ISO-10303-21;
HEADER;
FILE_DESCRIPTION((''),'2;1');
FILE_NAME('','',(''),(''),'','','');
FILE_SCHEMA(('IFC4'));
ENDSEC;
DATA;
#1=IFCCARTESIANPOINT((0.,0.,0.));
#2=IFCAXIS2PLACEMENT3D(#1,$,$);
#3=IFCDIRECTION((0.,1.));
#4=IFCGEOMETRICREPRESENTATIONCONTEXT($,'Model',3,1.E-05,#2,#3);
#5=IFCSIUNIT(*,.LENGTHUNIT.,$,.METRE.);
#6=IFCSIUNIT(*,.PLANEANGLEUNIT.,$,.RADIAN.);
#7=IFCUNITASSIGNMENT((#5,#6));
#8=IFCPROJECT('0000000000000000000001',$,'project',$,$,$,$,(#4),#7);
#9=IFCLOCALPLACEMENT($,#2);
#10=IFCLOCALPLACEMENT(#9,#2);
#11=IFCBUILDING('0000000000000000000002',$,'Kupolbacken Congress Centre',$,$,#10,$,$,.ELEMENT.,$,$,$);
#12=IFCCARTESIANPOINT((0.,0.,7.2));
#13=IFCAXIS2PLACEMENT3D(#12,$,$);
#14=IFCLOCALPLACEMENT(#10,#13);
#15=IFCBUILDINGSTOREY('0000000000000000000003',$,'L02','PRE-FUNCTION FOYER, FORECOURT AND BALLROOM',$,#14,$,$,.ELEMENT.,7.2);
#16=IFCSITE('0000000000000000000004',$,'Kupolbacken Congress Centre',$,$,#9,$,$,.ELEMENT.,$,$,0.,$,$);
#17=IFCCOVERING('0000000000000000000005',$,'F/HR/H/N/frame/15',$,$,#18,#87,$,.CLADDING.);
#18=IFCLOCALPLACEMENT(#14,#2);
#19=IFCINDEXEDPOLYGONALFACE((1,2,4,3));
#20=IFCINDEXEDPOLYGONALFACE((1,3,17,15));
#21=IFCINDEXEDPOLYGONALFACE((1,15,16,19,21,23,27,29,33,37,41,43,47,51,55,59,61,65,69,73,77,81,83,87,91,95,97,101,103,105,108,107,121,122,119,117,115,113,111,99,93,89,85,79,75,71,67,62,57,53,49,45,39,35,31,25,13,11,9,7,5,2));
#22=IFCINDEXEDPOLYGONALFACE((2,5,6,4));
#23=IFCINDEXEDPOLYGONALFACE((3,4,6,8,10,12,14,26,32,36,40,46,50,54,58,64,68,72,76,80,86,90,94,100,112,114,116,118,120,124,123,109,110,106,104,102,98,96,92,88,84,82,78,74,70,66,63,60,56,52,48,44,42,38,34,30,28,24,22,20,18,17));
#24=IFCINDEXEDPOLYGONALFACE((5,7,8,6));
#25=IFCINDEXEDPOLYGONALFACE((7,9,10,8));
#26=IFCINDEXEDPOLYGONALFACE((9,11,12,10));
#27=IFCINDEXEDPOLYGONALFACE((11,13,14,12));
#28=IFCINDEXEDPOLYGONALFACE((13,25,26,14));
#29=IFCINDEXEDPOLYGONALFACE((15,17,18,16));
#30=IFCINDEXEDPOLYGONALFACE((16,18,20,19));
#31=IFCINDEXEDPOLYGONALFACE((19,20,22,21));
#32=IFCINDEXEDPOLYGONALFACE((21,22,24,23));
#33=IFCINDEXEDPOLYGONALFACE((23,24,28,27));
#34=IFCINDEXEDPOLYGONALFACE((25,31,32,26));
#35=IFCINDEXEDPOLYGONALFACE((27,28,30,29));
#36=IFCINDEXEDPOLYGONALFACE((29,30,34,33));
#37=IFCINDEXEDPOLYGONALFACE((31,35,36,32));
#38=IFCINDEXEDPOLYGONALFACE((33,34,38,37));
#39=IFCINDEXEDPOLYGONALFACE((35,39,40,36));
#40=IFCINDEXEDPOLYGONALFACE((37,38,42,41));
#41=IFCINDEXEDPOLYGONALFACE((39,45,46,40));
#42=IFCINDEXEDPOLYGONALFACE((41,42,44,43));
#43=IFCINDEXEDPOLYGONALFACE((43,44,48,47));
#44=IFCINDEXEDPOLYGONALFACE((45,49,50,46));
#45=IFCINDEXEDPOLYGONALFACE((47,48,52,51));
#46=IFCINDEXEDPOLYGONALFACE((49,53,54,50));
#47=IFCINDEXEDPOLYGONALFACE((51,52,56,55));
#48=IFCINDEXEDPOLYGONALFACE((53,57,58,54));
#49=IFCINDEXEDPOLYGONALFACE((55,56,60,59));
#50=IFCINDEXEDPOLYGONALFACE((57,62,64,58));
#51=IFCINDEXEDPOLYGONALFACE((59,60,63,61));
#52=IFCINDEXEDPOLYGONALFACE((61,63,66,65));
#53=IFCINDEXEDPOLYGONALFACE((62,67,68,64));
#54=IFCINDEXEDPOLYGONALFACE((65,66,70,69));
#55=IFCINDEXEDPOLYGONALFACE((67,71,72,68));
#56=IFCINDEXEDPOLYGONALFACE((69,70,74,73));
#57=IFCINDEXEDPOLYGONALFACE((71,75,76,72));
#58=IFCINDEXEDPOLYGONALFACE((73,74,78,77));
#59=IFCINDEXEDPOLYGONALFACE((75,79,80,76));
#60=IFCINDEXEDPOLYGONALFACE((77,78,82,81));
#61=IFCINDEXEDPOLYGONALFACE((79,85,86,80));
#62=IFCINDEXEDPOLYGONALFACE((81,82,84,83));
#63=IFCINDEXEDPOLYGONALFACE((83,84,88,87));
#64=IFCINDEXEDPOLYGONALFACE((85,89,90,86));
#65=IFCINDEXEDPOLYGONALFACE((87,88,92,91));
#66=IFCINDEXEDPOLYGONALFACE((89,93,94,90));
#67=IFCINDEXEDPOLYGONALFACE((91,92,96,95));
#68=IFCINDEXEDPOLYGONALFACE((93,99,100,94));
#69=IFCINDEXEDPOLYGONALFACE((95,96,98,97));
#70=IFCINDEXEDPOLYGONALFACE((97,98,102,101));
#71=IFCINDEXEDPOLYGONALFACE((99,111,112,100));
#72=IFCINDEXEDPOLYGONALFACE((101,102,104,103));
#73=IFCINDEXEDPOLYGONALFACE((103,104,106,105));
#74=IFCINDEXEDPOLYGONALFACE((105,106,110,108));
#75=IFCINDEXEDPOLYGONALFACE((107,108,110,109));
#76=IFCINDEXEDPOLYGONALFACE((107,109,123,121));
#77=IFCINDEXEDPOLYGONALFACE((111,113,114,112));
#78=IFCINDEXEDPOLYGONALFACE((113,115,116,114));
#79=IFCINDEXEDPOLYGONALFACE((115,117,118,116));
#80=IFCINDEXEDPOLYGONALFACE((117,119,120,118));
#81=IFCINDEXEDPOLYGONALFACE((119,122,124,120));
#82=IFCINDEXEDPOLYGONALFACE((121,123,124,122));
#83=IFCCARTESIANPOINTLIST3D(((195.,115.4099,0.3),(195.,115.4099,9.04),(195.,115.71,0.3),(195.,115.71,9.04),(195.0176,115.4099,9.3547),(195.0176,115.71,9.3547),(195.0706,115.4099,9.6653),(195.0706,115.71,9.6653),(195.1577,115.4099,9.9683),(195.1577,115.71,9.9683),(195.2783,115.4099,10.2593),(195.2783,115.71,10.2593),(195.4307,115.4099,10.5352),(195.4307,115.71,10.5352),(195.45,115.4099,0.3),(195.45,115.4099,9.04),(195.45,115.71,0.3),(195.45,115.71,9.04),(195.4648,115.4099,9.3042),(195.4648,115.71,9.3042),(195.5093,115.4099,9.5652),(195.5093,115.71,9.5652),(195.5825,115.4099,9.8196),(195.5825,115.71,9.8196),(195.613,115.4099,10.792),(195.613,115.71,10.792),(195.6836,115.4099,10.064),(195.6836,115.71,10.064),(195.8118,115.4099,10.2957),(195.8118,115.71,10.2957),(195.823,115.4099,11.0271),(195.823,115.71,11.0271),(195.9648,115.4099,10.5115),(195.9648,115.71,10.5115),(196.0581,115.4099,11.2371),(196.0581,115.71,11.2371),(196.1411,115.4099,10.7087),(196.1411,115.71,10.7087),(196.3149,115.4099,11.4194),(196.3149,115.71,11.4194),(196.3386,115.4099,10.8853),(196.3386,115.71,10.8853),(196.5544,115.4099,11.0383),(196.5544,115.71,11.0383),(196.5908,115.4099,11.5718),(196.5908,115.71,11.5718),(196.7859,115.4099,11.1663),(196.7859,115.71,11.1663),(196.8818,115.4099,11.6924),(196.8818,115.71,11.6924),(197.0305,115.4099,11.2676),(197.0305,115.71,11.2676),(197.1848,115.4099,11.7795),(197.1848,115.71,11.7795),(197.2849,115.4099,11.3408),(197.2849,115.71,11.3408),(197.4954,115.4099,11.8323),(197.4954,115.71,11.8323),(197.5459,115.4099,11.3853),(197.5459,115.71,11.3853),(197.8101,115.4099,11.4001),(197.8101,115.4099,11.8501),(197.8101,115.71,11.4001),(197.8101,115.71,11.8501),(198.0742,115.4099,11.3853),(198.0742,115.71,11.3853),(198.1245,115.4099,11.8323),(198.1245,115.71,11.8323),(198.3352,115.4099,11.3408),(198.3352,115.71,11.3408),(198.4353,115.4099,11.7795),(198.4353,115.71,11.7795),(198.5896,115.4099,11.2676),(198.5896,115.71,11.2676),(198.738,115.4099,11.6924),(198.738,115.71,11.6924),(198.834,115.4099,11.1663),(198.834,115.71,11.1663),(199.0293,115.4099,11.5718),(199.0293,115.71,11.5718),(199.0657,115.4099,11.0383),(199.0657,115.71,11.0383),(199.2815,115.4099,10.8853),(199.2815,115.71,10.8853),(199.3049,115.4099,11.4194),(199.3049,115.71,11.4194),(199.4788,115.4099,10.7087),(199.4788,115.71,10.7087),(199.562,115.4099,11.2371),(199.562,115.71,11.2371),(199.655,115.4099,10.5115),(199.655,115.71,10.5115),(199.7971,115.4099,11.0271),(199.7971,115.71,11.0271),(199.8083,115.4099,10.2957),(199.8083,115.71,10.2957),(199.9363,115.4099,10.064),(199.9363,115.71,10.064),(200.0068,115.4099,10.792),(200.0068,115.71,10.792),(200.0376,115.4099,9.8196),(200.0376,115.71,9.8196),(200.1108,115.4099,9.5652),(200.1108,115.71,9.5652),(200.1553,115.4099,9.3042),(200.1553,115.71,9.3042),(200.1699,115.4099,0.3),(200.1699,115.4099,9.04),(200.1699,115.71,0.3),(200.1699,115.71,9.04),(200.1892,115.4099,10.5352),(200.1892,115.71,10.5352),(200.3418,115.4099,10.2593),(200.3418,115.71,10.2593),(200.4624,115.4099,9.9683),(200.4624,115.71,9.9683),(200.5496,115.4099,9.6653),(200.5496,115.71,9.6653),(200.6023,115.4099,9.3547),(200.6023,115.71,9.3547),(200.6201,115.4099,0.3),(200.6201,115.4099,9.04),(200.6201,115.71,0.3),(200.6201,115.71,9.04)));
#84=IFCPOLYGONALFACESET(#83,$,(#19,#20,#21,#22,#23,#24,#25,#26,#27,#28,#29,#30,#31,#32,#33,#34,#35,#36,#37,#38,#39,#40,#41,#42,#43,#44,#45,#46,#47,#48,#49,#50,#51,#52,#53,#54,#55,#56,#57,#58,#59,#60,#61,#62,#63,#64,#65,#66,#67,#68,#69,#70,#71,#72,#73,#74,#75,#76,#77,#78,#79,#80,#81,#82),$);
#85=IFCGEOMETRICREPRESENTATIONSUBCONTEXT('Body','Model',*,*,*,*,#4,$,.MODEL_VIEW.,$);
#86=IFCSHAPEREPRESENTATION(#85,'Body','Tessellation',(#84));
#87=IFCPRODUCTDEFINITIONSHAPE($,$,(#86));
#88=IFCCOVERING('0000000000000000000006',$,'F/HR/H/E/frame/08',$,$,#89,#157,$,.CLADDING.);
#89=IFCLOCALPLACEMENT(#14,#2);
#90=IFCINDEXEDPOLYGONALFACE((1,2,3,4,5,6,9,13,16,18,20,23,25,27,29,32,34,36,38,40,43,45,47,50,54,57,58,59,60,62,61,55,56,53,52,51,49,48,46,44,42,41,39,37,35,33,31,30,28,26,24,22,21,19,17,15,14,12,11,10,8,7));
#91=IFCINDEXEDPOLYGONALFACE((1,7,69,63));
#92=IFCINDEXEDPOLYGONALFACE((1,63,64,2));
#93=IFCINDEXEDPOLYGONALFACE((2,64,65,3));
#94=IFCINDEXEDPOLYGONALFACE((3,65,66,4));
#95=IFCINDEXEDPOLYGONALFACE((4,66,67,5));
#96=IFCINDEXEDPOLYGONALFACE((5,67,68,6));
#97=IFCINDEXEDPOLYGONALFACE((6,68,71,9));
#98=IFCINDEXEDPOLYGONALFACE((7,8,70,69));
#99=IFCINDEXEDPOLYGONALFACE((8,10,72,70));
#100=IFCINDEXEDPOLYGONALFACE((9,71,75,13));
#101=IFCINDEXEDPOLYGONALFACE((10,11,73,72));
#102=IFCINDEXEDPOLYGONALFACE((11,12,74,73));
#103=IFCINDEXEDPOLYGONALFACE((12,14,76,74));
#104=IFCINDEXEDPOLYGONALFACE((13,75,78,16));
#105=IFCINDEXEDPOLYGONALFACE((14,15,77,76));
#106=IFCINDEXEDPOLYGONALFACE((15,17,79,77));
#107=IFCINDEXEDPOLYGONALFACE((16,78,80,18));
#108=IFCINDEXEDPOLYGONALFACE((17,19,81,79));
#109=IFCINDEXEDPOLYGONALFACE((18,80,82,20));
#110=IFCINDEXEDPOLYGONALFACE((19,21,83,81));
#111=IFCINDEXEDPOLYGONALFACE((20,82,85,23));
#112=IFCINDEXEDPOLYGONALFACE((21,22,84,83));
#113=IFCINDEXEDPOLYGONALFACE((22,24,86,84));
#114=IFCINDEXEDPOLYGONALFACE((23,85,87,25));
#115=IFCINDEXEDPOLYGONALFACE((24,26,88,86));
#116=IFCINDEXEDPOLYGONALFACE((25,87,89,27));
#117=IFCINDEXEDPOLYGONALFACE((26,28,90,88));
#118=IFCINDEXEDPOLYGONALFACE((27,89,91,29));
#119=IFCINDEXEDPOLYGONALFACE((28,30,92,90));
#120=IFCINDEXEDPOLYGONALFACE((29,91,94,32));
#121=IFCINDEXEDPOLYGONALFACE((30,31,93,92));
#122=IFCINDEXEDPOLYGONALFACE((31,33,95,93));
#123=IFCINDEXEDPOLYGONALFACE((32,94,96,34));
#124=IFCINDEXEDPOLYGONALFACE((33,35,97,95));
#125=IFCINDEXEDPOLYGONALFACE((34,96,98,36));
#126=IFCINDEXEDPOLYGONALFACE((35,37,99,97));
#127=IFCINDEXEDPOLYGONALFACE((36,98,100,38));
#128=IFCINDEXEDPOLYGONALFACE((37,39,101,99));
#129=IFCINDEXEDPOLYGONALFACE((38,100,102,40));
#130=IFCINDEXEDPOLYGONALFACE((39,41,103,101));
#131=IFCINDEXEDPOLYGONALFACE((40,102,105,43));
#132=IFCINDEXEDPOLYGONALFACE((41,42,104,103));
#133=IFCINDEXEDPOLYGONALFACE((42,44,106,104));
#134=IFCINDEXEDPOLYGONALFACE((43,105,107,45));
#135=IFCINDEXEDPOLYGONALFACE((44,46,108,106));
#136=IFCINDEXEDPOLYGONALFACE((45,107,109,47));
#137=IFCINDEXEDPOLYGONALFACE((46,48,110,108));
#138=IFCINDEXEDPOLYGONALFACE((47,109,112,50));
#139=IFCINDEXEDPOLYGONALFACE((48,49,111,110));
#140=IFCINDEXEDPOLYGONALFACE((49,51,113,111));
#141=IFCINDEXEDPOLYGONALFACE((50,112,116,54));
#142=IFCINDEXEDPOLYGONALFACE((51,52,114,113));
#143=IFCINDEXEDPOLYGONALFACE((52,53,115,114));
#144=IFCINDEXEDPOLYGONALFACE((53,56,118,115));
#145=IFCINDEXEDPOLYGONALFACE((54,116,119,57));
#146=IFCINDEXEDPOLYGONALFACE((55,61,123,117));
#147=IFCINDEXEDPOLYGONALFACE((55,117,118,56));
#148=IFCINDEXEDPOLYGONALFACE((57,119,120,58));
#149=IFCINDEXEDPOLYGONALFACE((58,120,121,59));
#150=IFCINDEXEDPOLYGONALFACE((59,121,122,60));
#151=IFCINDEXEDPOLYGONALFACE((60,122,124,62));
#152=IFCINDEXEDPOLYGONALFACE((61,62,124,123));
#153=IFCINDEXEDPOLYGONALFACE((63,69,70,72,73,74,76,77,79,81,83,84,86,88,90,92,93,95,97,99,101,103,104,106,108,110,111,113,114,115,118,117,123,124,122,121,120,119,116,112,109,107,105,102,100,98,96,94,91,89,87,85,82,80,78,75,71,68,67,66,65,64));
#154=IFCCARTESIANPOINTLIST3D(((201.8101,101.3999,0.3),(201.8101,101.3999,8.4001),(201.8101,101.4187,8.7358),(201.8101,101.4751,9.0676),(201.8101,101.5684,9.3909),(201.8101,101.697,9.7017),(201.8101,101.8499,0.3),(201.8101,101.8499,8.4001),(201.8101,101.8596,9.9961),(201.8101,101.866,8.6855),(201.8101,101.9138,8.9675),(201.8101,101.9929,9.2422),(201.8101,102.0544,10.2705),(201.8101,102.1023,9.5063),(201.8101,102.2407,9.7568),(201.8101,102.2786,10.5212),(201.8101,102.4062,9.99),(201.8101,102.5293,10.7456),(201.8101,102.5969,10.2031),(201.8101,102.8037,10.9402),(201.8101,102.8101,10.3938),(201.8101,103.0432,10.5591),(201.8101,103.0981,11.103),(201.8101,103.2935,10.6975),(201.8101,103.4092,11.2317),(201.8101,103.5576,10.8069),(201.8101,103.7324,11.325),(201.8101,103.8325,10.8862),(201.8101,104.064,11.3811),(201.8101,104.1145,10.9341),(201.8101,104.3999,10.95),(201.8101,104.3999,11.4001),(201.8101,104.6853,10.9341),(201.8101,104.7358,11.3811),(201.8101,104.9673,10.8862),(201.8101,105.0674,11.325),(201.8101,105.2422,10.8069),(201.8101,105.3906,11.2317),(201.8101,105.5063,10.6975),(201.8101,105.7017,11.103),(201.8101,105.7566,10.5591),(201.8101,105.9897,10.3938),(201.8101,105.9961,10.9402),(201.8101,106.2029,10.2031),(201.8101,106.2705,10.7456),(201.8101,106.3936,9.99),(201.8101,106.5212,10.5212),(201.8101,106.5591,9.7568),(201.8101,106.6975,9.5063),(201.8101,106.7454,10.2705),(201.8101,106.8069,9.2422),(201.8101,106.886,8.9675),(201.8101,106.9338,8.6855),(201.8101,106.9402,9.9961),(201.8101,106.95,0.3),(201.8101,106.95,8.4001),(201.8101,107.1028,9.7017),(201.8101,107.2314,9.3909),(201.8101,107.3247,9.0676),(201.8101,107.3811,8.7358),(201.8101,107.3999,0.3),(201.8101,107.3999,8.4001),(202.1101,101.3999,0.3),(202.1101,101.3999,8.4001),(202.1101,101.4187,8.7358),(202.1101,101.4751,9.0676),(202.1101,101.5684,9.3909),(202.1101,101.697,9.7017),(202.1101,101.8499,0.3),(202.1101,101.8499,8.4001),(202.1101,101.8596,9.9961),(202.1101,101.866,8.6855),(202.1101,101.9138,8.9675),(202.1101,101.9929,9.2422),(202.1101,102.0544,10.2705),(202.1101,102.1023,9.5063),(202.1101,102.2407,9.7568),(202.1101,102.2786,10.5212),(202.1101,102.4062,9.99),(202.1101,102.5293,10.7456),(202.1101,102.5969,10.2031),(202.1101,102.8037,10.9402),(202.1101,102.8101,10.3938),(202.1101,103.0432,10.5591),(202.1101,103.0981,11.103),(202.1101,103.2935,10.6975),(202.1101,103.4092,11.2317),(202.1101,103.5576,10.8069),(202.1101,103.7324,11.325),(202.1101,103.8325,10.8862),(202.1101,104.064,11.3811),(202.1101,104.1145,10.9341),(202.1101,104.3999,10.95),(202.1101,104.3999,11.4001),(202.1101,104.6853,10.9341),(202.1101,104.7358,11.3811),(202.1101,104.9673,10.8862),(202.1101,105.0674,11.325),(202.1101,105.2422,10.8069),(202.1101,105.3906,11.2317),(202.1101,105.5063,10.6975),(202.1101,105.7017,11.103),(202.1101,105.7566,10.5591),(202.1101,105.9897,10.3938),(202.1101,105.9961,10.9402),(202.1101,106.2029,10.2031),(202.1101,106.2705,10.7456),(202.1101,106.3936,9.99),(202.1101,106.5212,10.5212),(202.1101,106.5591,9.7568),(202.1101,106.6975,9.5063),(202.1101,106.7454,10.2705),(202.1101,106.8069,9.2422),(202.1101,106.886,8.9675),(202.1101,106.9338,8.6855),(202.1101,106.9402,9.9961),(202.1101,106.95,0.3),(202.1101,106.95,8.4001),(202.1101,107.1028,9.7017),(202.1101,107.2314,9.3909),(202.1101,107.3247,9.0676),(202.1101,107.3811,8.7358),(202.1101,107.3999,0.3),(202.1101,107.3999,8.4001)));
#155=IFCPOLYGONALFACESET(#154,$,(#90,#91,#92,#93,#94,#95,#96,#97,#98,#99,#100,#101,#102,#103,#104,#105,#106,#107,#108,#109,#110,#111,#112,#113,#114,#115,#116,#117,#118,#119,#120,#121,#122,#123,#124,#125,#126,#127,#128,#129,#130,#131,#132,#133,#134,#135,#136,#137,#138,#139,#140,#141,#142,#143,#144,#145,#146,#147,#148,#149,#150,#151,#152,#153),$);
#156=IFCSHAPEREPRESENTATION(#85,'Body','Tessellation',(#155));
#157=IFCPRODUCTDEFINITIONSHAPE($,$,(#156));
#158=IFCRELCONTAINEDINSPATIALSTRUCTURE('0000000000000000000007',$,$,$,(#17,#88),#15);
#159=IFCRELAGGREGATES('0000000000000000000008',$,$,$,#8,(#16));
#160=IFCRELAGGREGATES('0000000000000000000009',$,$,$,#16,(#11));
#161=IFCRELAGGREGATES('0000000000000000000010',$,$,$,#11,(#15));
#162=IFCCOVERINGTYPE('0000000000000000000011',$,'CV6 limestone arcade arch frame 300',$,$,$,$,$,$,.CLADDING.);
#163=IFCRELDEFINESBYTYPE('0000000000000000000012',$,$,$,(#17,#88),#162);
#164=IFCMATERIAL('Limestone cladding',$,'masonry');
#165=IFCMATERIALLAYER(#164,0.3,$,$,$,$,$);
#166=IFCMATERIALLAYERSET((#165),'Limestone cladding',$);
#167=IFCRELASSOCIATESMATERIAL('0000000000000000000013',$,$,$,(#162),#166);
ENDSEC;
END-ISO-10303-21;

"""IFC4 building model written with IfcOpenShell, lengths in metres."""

from ifc_helpers import new_model, si_unit, direction, frame, origin, place, context, subcontext, project, spatial, polyline, outline, extrude, material, layer, layer_set, type_object, element, save


model = new_model("IFC4")

# Units and contexts
model_context = context("Model", 3, precision=1e-05, world=origin(), true_north=direction((0.0, 1.0)))
body_context = subcontext(model_context, "Body", "Model", "MODEL_VIEW")
ifc_project = project(units=[si_unit("LENGTHUNIT", "METRE"), si_unit("PLANEANGLEUNIT", "RADIAN")], contexts=[model_context])

# Site, building, storey
site_placement = place(None, origin())
site = spatial("IfcSite", under=ifc_project, at=site_placement, Name="Kupolbacken Congress Centre", CompositionType="ELEMENT", RefElevation=0.0)
building_placement = place(site_placement, origin())
building = spatial("IfcBuilding", under=site, at=building_placement, Name="Kupolbacken Congress Centre", CompositionType="ELEMENT")
storey_placement = place(building_placement, frame((0.0, 0.0, 7.2)))
storey = spatial("IfcBuildingStorey", under=building, at=storey_placement, Name="L02", Description="PRE-FUNCTION FOYER, FORECOURT AND BALLROOM", CompositionType="ELEMENT", Elevation=7.2)

# Coverings
ifc_material_1 = material(Name="Limestone cladding", Category="masonry")
ifc_layer_1 = layer(ifc_material_1, 0.3)
ifc_layer_set_1 = layer_set([ifc_layer_1], Name="Limestone cladding")
covering_type_1 = type_object("IfcCoveringType", Name="CV6 limestone arcade arch frame 300", PredefinedType="CLADDING", material=ifc_layer_set_1)
covering_1_placement = place(storey_placement, frame((195.0, 115.4099, 0.3), z_axis=(0.0, 1.0, 0.0), x_axis=(-1.0, 0.0, 0.0)))
element("IfcCovering", 1, at=covering_1_placement, inside=storey, type_object=covering_type_1, Name="F/HR/H/N/frame/15", PredefinedType="CLADDING", context=body_context, shape_type="SweptSolid", body=[
    extrude(outline(polyline([(0.0, 0.0), (0.0, 8.74), (-0.0176, 9.0547), (-0.0706, 9.3652), (-0.1577, 9.6682), (-0.2783, 9.9592), (-0.4307, 10.2351), (-0.613, 10.4919), (-0.823, 10.7271), (-1.0581, 10.937), (-1.3149, 11.1194), (-1.5908, 11.2717), (-1.8818, 11.3923), (-2.1848, 11.4795), (-2.4954, 11.5322), (-2.8101, 11.55), (-3.1245, 11.5322), (-3.4353, 11.4795), (-3.738, 11.3923), (-4.0293, 11.2717), (-4.3049, 11.1194), (-4.562, 10.937), (-4.7971, 10.7271), (-5.0068, 10.4919), (-5.1892, 10.2351), (-5.3418, 9.9592), (-5.4624, 9.6682), (-5.5496, 9.3652), (-5.6023, 9.0547), (-5.6201, 8.74), (-5.6201, 0.0), (-5.1699, 0.0), (-5.1699, 8.74), (-5.1553, 9.0042), (-5.1108, 9.2651), (-5.0376, 9.5195), (-4.9363, 9.7639), (-4.8083, 9.9956), (-4.655, 10.2114), (-4.4788, 10.4087), (-4.2815, 10.5852), (-4.0657, 10.7383), (-3.834, 10.8662), (-3.5896, 10.9675), (-3.3352, 11.0408), (-3.0742, 11.0852), (-2.8101, 11.1001), (-2.5459, 11.0852), (-2.2849, 11.0408), (-2.0305, 10.9675), (-1.7859, 10.8662), (-1.5544, 10.7383), (-1.3386, 10.5852), (-1.1411, 10.4087), (-0.9648, 10.2114), (-0.8118, 9.9956), (-0.6836, 9.7639), (-0.5825, 9.5195), (-0.5093, 9.2651), (-0.4648, 9.0042), (-0.45, 8.74), (-0.45, 0.0), (0.0, 0.0)])), origin(), (0.0, 0.0, 1.0), 0.3),
])
covering_2_placement = place(storey_placement, frame((201.8101, 101.3999, 0.3), z_axis=(1.0, 0.0, 0.0), x_axis=(0.0, 1.0, 0.0)))
element("IfcCovering", 2, at=covering_2_placement, inside=storey, type_object=covering_type_1, Name="F/HR/H/E/frame/08", PredefinedType="CLADDING", context=body_context, shape_type="SweptSolid", body=[
    extrude(outline(polyline([(0.0, 0.0), (0.0, 8.1001), (0.0188, 8.4358), (0.0752, 8.7676), (0.1685, 9.0908), (0.2971, 9.4016), (0.4597, 9.696), (0.6545, 9.9705), (0.8787, 10.2212), (1.1294, 10.4456), (1.4038, 10.6401), (1.6982, 10.803), (2.0093, 10.9316), (2.3325, 11.0249), (2.6641, 11.0811), (3.0, 11.1001), (3.3359, 11.0811), (3.6675, 11.0249), (3.9907, 10.9316), (4.3018, 10.803), (4.5962, 10.6401), (4.8706, 10.4456), (5.1213, 10.2212), (5.3455, 9.9705), (5.5403, 9.696), (5.7029, 9.4016), (5.8315, 9.0908), (5.9248, 8.7676), (5.9812, 8.4358), (6.0, 8.1001), (6.0, 0.0), (5.55, 0.0), (5.55, 8.1001), (5.5339, 8.3855), (5.4861, 8.6675), (5.407, 8.9421), (5.2976, 9.2063), (5.1592, 9.4568), (4.9937, 9.6899), (4.803, 9.9031), (4.5898, 10.0938), (4.3567, 10.259), (4.1064, 10.3975), (3.8423, 10.5068), (3.5674, 10.5862), (3.2854, 10.634), (3.0, 10.6499), (2.7146, 10.634), (2.4326, 10.5862), (2.1577, 10.5068), (1.8936, 10.3975), (1.6433, 10.259), (1.4102, 10.0938), (1.197, 9.9031), (1.0063, 9.6899), (0.8408, 9.4568), (0.7024, 9.2063), (0.593, 8.9421), (0.5139, 8.6675), (0.4661, 8.3855), (0.45, 8.1001), (0.45, 0.0), (0.0, 0.0)])), origin(), (0.0, 0.0, 1.0), 0.3),
])

save(model, "model.ifc")
